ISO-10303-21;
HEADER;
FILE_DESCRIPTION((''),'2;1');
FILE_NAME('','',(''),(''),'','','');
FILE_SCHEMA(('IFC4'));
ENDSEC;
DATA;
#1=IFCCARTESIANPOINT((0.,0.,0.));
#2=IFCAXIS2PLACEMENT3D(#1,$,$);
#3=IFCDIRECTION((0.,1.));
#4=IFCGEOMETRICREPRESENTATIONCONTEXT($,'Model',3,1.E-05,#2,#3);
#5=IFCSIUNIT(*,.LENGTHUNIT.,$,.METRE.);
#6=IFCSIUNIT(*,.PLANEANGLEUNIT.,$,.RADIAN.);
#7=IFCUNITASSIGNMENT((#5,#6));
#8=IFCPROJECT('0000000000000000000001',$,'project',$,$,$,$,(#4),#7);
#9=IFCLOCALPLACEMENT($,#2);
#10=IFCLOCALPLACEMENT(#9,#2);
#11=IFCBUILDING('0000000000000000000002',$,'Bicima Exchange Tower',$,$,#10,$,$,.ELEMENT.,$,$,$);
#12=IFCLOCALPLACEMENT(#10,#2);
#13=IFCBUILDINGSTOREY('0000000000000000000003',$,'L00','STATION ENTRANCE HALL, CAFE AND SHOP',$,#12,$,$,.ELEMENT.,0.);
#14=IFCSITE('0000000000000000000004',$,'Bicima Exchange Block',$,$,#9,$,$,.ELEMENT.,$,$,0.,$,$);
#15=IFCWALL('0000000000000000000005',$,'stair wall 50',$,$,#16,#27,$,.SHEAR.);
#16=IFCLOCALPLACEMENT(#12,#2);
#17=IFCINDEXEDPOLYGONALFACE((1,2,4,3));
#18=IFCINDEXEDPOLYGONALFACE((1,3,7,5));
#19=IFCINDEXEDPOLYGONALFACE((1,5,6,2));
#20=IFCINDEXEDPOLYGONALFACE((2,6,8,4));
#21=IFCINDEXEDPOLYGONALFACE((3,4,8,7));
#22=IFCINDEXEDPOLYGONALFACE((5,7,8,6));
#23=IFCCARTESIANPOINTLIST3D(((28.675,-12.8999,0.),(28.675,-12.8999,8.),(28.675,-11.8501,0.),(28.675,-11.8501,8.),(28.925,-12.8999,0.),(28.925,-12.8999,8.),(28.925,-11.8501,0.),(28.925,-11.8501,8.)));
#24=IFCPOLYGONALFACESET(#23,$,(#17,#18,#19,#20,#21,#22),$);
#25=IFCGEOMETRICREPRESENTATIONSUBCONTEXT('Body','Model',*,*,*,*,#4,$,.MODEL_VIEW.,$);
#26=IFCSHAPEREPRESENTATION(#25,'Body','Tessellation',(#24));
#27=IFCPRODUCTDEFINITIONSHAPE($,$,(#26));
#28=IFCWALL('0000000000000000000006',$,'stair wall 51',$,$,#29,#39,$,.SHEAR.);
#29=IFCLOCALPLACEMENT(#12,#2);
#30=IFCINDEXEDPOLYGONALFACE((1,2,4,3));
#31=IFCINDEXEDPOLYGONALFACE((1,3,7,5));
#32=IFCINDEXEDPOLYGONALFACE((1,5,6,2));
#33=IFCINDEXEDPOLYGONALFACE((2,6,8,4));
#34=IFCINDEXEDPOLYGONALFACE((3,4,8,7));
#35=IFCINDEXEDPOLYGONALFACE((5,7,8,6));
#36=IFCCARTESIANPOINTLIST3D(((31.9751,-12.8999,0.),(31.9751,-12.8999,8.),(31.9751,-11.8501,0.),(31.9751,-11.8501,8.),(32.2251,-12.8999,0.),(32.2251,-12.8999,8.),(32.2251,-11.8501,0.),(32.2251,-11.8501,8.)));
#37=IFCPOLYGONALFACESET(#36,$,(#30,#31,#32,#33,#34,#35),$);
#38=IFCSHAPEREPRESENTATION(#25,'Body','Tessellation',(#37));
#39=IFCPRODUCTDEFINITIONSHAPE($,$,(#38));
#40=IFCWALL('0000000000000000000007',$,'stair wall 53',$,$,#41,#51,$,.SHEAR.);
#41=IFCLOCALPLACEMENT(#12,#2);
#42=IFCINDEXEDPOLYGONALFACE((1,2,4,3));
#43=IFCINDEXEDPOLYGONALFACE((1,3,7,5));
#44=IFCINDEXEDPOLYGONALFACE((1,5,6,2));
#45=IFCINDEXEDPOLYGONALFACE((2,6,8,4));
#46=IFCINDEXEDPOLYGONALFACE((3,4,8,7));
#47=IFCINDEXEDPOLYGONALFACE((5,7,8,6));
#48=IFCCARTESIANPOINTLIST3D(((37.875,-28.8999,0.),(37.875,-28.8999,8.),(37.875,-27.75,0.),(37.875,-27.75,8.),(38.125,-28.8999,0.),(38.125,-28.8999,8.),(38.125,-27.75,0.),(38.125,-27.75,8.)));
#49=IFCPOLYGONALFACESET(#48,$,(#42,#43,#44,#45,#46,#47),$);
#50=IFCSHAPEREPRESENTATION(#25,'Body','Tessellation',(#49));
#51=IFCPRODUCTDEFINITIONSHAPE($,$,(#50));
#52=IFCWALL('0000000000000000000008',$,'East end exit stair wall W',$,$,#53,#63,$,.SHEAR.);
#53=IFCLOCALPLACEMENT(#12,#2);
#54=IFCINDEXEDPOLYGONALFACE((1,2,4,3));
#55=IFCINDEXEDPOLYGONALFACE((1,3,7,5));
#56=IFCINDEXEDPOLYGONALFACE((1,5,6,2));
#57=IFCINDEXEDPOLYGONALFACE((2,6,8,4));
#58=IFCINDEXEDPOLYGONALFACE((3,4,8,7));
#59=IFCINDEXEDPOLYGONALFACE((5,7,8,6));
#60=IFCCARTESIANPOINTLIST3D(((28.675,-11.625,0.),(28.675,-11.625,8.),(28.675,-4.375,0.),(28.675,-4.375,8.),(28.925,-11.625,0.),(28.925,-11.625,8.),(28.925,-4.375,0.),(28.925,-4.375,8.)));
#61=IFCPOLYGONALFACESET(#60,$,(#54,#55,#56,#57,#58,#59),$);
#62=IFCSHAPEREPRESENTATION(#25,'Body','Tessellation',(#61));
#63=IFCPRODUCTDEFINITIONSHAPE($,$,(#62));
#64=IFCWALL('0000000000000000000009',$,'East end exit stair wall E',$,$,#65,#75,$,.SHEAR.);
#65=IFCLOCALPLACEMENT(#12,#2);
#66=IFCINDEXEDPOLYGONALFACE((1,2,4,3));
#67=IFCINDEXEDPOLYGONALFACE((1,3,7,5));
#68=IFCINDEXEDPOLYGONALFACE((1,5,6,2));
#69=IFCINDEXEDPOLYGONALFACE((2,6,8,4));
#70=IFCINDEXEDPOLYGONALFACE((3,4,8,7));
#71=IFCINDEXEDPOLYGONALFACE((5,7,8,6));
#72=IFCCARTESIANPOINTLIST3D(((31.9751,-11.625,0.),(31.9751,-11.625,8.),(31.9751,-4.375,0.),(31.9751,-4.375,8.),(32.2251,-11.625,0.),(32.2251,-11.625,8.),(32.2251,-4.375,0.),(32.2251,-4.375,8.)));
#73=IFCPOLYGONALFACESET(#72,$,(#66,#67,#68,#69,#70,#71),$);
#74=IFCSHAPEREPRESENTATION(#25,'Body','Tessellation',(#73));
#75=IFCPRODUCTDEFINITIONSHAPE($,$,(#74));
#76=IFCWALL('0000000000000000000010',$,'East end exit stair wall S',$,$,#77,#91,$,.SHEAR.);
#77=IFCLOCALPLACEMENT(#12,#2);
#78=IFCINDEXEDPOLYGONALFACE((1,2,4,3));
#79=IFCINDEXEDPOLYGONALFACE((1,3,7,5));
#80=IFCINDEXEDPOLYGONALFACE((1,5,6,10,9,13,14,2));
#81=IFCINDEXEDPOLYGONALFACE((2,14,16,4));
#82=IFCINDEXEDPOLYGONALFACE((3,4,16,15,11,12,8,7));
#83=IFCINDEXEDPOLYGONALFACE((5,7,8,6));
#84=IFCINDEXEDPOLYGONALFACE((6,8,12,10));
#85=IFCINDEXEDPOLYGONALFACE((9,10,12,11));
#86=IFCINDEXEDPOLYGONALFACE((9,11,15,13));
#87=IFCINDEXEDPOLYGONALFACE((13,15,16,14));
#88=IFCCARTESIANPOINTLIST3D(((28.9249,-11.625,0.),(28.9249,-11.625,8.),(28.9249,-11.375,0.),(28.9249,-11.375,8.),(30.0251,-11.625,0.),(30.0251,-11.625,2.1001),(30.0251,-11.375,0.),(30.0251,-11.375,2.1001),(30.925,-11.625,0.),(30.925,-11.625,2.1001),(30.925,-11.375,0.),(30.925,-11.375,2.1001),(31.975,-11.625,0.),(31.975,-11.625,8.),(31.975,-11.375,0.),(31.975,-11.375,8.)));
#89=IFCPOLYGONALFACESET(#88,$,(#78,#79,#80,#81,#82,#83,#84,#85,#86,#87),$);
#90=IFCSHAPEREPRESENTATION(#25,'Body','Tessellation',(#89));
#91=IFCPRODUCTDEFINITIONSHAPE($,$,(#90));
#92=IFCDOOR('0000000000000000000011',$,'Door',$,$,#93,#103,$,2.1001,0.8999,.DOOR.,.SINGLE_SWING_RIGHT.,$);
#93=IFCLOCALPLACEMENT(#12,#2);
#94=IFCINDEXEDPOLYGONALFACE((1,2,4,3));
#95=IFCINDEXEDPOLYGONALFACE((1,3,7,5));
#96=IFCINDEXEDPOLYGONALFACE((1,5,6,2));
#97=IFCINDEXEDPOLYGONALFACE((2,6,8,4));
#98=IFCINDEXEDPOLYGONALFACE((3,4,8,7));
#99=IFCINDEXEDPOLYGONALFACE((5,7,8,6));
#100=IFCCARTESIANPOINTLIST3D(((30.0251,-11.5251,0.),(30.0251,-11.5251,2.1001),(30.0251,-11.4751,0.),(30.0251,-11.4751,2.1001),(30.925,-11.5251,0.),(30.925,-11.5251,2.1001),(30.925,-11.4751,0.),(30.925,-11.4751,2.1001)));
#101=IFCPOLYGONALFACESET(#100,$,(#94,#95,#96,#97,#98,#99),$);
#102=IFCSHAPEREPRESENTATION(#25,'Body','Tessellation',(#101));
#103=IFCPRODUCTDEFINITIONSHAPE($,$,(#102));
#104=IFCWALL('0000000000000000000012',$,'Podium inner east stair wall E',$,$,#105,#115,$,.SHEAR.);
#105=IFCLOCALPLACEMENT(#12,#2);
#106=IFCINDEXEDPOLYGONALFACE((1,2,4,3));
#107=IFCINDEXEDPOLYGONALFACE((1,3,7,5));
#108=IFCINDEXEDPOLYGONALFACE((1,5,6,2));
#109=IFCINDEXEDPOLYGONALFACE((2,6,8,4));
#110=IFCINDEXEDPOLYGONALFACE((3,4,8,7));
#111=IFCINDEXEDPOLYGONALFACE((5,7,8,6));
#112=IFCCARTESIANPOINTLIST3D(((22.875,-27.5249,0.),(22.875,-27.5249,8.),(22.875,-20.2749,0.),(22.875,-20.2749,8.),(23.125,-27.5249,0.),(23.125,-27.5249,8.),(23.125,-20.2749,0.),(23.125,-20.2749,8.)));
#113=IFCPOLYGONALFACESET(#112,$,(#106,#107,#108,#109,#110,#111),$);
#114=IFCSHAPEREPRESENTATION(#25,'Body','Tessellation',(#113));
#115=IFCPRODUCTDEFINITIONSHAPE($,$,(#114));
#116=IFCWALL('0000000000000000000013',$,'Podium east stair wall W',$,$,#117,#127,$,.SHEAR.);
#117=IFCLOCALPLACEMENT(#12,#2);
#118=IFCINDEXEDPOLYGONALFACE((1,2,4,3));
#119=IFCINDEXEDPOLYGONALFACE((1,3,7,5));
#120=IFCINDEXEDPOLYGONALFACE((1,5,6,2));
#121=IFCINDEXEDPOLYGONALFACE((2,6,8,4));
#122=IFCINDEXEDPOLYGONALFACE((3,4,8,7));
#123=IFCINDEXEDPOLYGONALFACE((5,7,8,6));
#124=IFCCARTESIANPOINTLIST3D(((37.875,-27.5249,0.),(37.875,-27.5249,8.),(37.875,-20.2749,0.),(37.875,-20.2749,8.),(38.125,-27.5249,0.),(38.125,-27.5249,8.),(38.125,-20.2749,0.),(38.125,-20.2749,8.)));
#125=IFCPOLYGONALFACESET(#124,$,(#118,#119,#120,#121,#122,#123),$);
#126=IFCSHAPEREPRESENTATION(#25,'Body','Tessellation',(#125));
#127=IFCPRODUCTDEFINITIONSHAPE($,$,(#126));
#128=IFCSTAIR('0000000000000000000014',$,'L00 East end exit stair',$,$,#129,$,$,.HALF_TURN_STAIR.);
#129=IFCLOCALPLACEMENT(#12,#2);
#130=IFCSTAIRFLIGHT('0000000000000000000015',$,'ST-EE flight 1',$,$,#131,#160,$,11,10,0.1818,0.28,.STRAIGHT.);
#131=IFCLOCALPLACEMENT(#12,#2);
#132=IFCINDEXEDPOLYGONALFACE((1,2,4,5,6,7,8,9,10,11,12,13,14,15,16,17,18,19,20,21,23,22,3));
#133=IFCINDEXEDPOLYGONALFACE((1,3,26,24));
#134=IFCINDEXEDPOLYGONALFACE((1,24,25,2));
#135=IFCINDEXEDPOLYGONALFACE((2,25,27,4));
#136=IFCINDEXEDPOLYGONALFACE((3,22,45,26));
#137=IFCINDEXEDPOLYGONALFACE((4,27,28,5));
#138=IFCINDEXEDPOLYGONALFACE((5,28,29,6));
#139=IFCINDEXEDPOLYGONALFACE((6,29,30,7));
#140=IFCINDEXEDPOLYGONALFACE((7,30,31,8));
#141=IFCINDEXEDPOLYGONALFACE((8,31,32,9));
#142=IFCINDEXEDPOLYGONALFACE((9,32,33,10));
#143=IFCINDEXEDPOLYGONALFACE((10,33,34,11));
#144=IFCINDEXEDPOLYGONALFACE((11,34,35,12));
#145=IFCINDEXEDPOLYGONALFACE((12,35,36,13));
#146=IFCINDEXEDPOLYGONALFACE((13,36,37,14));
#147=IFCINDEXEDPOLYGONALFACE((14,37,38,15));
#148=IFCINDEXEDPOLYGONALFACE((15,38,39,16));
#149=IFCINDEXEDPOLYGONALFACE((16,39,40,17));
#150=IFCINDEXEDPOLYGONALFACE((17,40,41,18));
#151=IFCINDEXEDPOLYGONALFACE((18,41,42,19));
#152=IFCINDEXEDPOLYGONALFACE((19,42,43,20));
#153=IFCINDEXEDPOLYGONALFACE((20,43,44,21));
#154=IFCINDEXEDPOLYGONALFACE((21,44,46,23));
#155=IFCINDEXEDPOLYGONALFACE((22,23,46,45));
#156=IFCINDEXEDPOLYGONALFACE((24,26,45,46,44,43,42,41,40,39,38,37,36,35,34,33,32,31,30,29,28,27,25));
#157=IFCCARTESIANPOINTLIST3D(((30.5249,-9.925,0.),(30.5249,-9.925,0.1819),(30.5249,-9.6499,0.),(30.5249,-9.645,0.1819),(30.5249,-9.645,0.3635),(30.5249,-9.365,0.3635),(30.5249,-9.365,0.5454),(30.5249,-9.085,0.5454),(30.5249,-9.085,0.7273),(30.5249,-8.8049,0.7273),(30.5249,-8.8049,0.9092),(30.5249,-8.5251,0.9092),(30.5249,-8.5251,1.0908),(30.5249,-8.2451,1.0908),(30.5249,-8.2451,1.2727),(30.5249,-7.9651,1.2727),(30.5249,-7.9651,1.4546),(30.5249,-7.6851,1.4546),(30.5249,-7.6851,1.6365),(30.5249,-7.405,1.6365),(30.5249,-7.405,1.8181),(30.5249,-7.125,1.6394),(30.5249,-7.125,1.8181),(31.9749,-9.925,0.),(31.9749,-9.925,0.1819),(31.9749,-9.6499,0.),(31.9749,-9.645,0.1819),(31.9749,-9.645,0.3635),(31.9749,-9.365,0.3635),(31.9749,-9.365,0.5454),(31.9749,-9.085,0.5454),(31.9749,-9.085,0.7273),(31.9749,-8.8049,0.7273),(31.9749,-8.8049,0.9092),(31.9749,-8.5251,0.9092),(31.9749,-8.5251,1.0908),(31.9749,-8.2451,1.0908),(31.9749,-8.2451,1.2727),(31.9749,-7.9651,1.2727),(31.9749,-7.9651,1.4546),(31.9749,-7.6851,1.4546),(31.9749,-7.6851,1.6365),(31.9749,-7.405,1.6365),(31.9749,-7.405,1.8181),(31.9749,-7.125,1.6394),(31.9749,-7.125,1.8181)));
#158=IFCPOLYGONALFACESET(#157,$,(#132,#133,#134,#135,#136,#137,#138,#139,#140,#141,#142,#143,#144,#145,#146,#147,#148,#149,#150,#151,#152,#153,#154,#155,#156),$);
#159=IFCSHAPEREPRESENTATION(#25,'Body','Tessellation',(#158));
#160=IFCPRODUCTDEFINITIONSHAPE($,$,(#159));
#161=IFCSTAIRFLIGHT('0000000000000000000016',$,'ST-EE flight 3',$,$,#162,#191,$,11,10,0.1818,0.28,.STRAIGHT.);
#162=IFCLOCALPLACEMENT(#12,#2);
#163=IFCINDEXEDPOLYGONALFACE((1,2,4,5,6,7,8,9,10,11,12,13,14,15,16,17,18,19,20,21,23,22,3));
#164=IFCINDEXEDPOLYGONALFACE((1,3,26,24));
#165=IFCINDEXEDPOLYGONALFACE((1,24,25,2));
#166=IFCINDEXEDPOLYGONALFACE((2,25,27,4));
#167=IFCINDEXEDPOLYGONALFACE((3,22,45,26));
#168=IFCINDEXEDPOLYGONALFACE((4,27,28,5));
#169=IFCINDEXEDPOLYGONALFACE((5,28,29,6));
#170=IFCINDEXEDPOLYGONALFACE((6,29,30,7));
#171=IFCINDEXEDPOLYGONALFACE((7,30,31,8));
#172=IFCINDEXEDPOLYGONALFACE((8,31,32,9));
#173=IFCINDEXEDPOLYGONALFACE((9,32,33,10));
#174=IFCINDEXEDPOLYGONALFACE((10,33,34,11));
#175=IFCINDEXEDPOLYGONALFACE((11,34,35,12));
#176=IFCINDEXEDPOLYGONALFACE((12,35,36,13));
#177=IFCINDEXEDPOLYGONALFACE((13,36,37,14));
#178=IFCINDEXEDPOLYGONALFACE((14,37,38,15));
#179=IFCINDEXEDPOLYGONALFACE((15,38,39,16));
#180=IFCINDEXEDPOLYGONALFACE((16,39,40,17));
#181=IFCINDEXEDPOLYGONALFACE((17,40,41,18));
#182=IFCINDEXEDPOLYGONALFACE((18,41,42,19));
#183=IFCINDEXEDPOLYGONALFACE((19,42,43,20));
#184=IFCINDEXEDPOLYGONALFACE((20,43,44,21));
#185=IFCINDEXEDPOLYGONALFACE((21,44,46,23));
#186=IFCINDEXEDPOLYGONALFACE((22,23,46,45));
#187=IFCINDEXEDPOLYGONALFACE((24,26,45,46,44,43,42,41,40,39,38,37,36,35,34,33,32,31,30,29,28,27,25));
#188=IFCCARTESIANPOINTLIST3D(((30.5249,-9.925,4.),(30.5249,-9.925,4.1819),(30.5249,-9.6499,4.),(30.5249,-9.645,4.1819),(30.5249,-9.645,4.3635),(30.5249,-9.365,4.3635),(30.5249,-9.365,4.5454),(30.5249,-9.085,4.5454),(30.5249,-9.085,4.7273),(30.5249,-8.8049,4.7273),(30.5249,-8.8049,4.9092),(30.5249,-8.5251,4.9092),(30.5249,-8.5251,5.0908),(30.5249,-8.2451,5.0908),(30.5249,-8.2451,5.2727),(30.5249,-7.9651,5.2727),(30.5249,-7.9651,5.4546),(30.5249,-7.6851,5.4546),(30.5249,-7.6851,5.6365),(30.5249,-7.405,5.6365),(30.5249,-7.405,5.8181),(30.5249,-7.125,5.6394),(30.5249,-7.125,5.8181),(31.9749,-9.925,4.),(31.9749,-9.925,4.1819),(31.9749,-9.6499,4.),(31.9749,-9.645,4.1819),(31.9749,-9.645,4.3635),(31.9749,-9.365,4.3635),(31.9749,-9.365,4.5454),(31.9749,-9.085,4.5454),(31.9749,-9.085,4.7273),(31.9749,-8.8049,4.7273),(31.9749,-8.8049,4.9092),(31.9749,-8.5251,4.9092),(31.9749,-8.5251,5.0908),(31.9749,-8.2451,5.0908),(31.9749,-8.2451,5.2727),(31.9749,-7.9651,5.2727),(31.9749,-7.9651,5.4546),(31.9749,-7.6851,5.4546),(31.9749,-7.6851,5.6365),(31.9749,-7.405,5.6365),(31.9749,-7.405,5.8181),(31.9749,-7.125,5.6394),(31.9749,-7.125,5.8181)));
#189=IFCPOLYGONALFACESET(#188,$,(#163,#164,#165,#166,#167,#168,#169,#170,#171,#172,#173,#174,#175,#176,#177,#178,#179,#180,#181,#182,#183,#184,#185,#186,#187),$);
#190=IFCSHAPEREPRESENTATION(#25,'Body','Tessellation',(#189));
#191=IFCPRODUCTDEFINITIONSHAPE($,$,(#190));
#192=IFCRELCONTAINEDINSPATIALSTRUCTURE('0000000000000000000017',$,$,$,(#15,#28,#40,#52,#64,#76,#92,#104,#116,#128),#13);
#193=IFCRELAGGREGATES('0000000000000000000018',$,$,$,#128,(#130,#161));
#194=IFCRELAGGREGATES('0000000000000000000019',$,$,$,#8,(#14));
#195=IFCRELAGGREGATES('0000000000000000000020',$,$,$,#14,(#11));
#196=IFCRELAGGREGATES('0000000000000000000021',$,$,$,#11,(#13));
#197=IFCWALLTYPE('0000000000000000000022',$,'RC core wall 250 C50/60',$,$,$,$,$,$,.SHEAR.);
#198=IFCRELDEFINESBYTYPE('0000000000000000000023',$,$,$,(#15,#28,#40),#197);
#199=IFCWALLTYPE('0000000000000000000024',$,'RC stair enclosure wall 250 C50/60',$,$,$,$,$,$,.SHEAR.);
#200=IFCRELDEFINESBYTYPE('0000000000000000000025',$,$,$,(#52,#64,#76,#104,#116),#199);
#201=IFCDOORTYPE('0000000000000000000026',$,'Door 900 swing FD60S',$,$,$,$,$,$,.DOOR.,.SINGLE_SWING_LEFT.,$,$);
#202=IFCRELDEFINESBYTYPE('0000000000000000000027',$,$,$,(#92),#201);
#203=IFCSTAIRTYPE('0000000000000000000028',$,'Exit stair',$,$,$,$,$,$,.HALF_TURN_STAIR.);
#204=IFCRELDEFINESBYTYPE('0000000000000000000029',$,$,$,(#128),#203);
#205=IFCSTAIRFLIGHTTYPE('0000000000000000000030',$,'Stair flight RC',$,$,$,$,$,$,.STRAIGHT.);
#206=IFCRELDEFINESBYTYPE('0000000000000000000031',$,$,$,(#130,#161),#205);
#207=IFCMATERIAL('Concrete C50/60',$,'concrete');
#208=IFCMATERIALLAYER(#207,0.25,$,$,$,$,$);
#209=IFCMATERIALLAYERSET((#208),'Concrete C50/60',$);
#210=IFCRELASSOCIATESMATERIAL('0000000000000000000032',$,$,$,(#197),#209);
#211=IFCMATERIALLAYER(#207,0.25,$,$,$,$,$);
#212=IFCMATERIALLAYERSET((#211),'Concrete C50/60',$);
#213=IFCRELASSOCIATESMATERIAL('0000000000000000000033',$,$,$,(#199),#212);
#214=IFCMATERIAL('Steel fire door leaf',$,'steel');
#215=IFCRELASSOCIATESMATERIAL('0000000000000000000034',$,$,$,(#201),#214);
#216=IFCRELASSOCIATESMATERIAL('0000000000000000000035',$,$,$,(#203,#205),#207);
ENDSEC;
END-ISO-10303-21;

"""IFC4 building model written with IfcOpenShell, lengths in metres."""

from ifc_helpers import new_model, si_unit, direction, frame, frame_2d, origin, place, context, subcontext, project, spatial, polyline, rectangle, outline, extrude, material, layer, layer_set, type_object, element, fill, aggregate, save


model = new_model("IFC4")

# Units and contexts
model_context = context("Model", 3, precision=1e-05, world=origin(), true_north=direction((0.0, 1.0)))
body_context = subcontext(model_context, "Body", "Model", "MODEL_VIEW")
ifc_project = project(units=[si_unit("LENGTHUNIT", "METRE"), si_unit("PLANEANGLEUNIT", "RADIAN")], contexts=[model_context])

# Site, building, storey
site_placement = place(None, origin())
site = spatial("IfcSite", under=ifc_project, at=site_placement, Name="Bicima Exchange Block", CompositionType="ELEMENT", RefElevation=0.0)
building_placement = place(site_placement, origin())
building = spatial("IfcBuilding", under=site, at=building_placement, Name="Bicima Exchange Tower", CompositionType="ELEMENT")
storey_placement = place(building_placement, origin())
storey = spatial("IfcBuildingStorey", under=building, at=storey_placement, Name="L00", Description="STATION ENTRANCE HALL, CAFE AND SHOP", CompositionType="ELEMENT", Elevation=0.0)

# Shared definitions
ifc_material_1 = material(Name="Steel fire door leaf", Category="steel")

# Walls
ifc_material_2 = material(Name="Concrete C50/60", Category="concrete")
ifc_layer_1 = layer(ifc_material_2, 0.25)
ifc_layer_set_1 = layer_set([ifc_layer_1], Name="Concrete C50/60")
wall_type_1 = type_object("IfcWallType", Name="RC core wall 250 C50/60", PredefinedType="SHEAR", material=ifc_layer_set_1)
for number, where, z_axis, x_axis, name in (
    (1, (28.8, -12.8999, 0.0), (0.0, 0.0, 1.0), (0.0, 1.0, 0.0), "stair wall 50"),
    (2, (32.1001, -12.8999, 0.0), (0.0, 0.0, 1.0), (0.0, 1.0, 0.0), "stair wall 51"),
):
    element("IfcWall", number, at=place(storey_placement, frame(where, z_axis=z_axis, x_axis=x_axis)), inside=storey, type_object=wall_type_1, Name=name, PredefinedType="SHEAR", context=body_context, shape_type="SweptSolid", body=[
        extrude(rectangle(XDim=1.0498, YDim=0.25, at=frame_2d((0.5249, 0.0))), origin(), (0.0, 0.0, 1.0), 8.0),
    ])
wall_1_placement = place(storey_placement, frame((38.0, -28.8999, 0.0), z_axis=(0.0, 0.0, 1.0), x_axis=(0.0, 1.0, 0.0)))
element("IfcWall", 3, at=wall_1_placement, inside=storey, type_object=wall_type_1, Name="stair wall 53", PredefinedType="SHEAR", context=body_context, shape_type="SweptSolid", body=[
    extrude(rectangle(XDim=1.1499, YDim=0.25, at=frame_2d((0.575, 0.0))), origin(), (0.0, 0.0, 1.0), 8.0),
])
ifc_layer_2 = layer(ifc_material_2, 0.25)
ifc_layer_set_2 = layer_set([ifc_layer_2], Name="Concrete C50/60")
wall_type_2 = type_object("IfcWallType", Name="RC stair enclosure wall 250 C50/60", PredefinedType="SHEAR", material=ifc_layer_set_2)
for number, where, z_axis, x_axis, name in (
    (4, (28.8, -11.625, 0.0), (0.0, 0.0, 1.0), (0.0, 1.0, 0.0), "East end exit stair wall W"),
    (5, (32.1001, -11.625, 0.0), (0.0, 0.0, 1.0), (0.0, 1.0, 0.0), "East end exit stair wall E"),
):
    element("IfcWall", number, at=place(storey_placement, frame(where, z_axis=z_axis, x_axis=x_axis)), inside=storey, type_object=wall_type_2, Name=name, PredefinedType="SHEAR", context=body_context, shape_type="SweptSolid", body=[
        extrude(rectangle(XDim=7.25, YDim=0.25, at=frame_2d((3.625, 0.0))), origin(), (0.0, 0.0, 1.0), 8.0),
    ])

# Wall, opening, door
wall_2_placement = place(storey_placement, frame((28.925, -11.5, 0.0), z_axis=(0.0, 0.0, 1.0), x_axis=(1.0, 0.0, 0.0)))
wall_2 = element("IfcWall", 6, at=wall_2_placement, inside=storey, type_object=wall_type_2, Name="East end exit stair wall S", PredefinedType="SHEAR", context=body_context, shape_type="SweptSolid", body=[
    extrude(rectangle(XDim=3.05, YDim=0.25, at=frame_2d((1.5249, 0.0))), origin(), (0.0, 0.0, 1.0), 8.0),
])
opening_1_placement = place(wall_2_placement, frame((1.1001, 0.0, 0.0)))
opening_1 = element("IfcOpeningElement", 7, at=opening_1_placement, cuts=wall_2, PredefinedType="OPENING", context=body_context, shape_type="SweptSolid", body=[
    extrude(rectangle(XDim=0.8999, YDim=2.1001, at=frame_2d((0.45, 1.05))), frame((0.0, 0.137, 0.0), z_axis=(0.0, -1.0, 0.0), x_axis=(1.0, 0.0, 0.0)), (0.0, 0.0, 1.0), 0.2739),
])
door_type_1 = type_object("IfcDoorType", Name="Door 900 swing FD60S", OperationType="SINGLE_SWING_LEFT", PredefinedType="DOOR", material=ifc_material_1)
door_1_placement = place(opening_1_placement, origin())
door_1 = element("IfcDoor", 8, at=door_1_placement, inside=storey, type_object=door_type_1, Name="Door", OperationType="SINGLE_SWING_RIGHT", OverallHeight=2.1001, OverallWidth=0.8999, PredefinedType="DOOR", context=body_context, shape_type="SweptSolid", body=[
    extrude(rectangle(XDim=0.8999, YDim=2.1001, at=frame_2d((0.45, 1.05))), frame((0.0, 0.0249, 0.0), z_axis=(0.0, -1.0, 0.0), x_axis=(1.0, 0.0, 0.0)), (0.0, 0.0, 1.0), 0.05),
])
fill(opening_1, door_1)

# Walls
for number, where, z_axis, x_axis, name in (
    (9, (23.0, -27.5249, 0.0), (0.0, 0.0, 1.0), (0.0, 1.0, 0.0), "Podium inner east stair wall E"),
    (10, (38.0, -27.5249, 0.0), (0.0, 0.0, 1.0), (0.0, 1.0, 0.0), "Podium east stair wall W"),
):
    element("IfcWall", number, at=place(storey_placement, frame(where, z_axis=z_axis, x_axis=x_axis)), inside=storey, type_object=wall_type_2, Name=name, PredefinedType="SHEAR", context=body_context, shape_type="SweptSolid", body=[
        extrude(rectangle(XDim=7.25, YDim=0.25, at=frame_2d((3.625, 0.0))), origin(), (0.0, 0.0, 1.0), 8.0),
    ])

# Stair, stair flights
stair_type = type_object("IfcStairType", Name="Exit stair", PredefinedType="HALF_TURN_STAIR", material=ifc_material_2)
stair_1_placement = place(storey_placement, origin())
stair_1 = element("IfcStair", 11, at=stair_1_placement, inside=storey, type_object=stair_type, Name="L00 East end exit stair", PredefinedType="HALF_TURN_STAIR")
stair_flight_type = type_object("IfcStairFlightType", Name="Stair flight RC", PredefinedType="STRAIGHT", material=ifc_material_2)
stair_flight_1_placement = place(storey_placement, frame((31.25, -9.925, 0.0), z_axis=(0.0, 0.0, 1.0), x_axis=(0.0, 1.0, 0.0)))
stair_flight_1 = element("IfcStairFlight", 12, at=stair_flight_1_placement, type_object=stair_flight_type, Name="ST-EE flight 1", NumberOfRisers=11, NumberOfTreads=10, PredefinedType="STRAIGHT", RiserHeight=0.1818, TreadLength=0.28, context=body_context, shape_type="SweptSolid", body=[
    extrude(outline(polyline([(0.0, 0.0), (0.0, 0.1819), (0.28, 0.1819), (0.28, 0.3635), (0.5601, 0.3635), (0.5601, 0.5454), (0.8401, 0.5454), (0.8401, 0.7273), (1.1201, 0.7273), (1.1201, 0.9092), (1.3999, 0.9092), (1.3999, 1.0908), (1.6799, 1.0908), (1.6799, 1.2727), (1.96, 1.2727), (1.96, 1.4546), (2.24, 1.4546), (2.24, 1.6365), (2.52, 1.6365), (2.52, 1.8181), (2.8, 1.8181), (2.8, 2.0), (2.8, 1.6394), (0.2751, 0.0), (0.0, 0.0)])), frame((0.0, 0.7251, 0.0), z_axis=(0.0, -1.0, 0.0), x_axis=(1.0, 0.0, 0.0)), (0.0, 0.0, 1.0), 1.45),
])
stair_flight_2_placement = place(storey_placement, frame((31.25, -9.925, 4.0), z_axis=(0.0, 0.0, 1.0), x_axis=(0.0, 1.0, 0.0)))
stair_flight_2 = element("IfcStairFlight", 13, at=stair_flight_2_placement, type_object=stair_flight_type, Name="ST-EE flight 3", NumberOfRisers=11, NumberOfTreads=10, PredefinedType="STRAIGHT", RiserHeight=0.1818, TreadLength=0.28, context=body_context, shape_type="SweptSolid", body=[
    extrude(outline(polyline([(0.0, 0.0), (0.0, 0.1819), (0.28, 0.1819), (0.28, 0.3635), (0.5601, 0.3635), (0.5601, 0.5454), (0.8401, 0.5454), (0.8401, 0.7273), (1.1201, 0.7273), (1.1201, 0.9092), (1.3999, 0.9092), (1.3999, 1.0908), (1.6799, 1.0908), (1.6799, 1.2727), (1.96, 1.2727), (1.96, 1.4546), (2.24, 1.4546), (2.24, 1.6365), (2.52, 1.6365), (2.52, 1.8181), (2.8, 1.8181), (2.8, 2.0), (2.8, 1.6394), (0.2751, 0.0), (0.0, 0.0)])), frame((0.0, 0.7251, 0.0), z_axis=(0.0, -1.0, 0.0), x_axis=(1.0, 0.0, 0.0)), (0.0, 0.0, 1.0), 1.45),
])
aggregate(stair_1, [stair_flight_1, stair_flight_2])

save(model, "model.ifc")
